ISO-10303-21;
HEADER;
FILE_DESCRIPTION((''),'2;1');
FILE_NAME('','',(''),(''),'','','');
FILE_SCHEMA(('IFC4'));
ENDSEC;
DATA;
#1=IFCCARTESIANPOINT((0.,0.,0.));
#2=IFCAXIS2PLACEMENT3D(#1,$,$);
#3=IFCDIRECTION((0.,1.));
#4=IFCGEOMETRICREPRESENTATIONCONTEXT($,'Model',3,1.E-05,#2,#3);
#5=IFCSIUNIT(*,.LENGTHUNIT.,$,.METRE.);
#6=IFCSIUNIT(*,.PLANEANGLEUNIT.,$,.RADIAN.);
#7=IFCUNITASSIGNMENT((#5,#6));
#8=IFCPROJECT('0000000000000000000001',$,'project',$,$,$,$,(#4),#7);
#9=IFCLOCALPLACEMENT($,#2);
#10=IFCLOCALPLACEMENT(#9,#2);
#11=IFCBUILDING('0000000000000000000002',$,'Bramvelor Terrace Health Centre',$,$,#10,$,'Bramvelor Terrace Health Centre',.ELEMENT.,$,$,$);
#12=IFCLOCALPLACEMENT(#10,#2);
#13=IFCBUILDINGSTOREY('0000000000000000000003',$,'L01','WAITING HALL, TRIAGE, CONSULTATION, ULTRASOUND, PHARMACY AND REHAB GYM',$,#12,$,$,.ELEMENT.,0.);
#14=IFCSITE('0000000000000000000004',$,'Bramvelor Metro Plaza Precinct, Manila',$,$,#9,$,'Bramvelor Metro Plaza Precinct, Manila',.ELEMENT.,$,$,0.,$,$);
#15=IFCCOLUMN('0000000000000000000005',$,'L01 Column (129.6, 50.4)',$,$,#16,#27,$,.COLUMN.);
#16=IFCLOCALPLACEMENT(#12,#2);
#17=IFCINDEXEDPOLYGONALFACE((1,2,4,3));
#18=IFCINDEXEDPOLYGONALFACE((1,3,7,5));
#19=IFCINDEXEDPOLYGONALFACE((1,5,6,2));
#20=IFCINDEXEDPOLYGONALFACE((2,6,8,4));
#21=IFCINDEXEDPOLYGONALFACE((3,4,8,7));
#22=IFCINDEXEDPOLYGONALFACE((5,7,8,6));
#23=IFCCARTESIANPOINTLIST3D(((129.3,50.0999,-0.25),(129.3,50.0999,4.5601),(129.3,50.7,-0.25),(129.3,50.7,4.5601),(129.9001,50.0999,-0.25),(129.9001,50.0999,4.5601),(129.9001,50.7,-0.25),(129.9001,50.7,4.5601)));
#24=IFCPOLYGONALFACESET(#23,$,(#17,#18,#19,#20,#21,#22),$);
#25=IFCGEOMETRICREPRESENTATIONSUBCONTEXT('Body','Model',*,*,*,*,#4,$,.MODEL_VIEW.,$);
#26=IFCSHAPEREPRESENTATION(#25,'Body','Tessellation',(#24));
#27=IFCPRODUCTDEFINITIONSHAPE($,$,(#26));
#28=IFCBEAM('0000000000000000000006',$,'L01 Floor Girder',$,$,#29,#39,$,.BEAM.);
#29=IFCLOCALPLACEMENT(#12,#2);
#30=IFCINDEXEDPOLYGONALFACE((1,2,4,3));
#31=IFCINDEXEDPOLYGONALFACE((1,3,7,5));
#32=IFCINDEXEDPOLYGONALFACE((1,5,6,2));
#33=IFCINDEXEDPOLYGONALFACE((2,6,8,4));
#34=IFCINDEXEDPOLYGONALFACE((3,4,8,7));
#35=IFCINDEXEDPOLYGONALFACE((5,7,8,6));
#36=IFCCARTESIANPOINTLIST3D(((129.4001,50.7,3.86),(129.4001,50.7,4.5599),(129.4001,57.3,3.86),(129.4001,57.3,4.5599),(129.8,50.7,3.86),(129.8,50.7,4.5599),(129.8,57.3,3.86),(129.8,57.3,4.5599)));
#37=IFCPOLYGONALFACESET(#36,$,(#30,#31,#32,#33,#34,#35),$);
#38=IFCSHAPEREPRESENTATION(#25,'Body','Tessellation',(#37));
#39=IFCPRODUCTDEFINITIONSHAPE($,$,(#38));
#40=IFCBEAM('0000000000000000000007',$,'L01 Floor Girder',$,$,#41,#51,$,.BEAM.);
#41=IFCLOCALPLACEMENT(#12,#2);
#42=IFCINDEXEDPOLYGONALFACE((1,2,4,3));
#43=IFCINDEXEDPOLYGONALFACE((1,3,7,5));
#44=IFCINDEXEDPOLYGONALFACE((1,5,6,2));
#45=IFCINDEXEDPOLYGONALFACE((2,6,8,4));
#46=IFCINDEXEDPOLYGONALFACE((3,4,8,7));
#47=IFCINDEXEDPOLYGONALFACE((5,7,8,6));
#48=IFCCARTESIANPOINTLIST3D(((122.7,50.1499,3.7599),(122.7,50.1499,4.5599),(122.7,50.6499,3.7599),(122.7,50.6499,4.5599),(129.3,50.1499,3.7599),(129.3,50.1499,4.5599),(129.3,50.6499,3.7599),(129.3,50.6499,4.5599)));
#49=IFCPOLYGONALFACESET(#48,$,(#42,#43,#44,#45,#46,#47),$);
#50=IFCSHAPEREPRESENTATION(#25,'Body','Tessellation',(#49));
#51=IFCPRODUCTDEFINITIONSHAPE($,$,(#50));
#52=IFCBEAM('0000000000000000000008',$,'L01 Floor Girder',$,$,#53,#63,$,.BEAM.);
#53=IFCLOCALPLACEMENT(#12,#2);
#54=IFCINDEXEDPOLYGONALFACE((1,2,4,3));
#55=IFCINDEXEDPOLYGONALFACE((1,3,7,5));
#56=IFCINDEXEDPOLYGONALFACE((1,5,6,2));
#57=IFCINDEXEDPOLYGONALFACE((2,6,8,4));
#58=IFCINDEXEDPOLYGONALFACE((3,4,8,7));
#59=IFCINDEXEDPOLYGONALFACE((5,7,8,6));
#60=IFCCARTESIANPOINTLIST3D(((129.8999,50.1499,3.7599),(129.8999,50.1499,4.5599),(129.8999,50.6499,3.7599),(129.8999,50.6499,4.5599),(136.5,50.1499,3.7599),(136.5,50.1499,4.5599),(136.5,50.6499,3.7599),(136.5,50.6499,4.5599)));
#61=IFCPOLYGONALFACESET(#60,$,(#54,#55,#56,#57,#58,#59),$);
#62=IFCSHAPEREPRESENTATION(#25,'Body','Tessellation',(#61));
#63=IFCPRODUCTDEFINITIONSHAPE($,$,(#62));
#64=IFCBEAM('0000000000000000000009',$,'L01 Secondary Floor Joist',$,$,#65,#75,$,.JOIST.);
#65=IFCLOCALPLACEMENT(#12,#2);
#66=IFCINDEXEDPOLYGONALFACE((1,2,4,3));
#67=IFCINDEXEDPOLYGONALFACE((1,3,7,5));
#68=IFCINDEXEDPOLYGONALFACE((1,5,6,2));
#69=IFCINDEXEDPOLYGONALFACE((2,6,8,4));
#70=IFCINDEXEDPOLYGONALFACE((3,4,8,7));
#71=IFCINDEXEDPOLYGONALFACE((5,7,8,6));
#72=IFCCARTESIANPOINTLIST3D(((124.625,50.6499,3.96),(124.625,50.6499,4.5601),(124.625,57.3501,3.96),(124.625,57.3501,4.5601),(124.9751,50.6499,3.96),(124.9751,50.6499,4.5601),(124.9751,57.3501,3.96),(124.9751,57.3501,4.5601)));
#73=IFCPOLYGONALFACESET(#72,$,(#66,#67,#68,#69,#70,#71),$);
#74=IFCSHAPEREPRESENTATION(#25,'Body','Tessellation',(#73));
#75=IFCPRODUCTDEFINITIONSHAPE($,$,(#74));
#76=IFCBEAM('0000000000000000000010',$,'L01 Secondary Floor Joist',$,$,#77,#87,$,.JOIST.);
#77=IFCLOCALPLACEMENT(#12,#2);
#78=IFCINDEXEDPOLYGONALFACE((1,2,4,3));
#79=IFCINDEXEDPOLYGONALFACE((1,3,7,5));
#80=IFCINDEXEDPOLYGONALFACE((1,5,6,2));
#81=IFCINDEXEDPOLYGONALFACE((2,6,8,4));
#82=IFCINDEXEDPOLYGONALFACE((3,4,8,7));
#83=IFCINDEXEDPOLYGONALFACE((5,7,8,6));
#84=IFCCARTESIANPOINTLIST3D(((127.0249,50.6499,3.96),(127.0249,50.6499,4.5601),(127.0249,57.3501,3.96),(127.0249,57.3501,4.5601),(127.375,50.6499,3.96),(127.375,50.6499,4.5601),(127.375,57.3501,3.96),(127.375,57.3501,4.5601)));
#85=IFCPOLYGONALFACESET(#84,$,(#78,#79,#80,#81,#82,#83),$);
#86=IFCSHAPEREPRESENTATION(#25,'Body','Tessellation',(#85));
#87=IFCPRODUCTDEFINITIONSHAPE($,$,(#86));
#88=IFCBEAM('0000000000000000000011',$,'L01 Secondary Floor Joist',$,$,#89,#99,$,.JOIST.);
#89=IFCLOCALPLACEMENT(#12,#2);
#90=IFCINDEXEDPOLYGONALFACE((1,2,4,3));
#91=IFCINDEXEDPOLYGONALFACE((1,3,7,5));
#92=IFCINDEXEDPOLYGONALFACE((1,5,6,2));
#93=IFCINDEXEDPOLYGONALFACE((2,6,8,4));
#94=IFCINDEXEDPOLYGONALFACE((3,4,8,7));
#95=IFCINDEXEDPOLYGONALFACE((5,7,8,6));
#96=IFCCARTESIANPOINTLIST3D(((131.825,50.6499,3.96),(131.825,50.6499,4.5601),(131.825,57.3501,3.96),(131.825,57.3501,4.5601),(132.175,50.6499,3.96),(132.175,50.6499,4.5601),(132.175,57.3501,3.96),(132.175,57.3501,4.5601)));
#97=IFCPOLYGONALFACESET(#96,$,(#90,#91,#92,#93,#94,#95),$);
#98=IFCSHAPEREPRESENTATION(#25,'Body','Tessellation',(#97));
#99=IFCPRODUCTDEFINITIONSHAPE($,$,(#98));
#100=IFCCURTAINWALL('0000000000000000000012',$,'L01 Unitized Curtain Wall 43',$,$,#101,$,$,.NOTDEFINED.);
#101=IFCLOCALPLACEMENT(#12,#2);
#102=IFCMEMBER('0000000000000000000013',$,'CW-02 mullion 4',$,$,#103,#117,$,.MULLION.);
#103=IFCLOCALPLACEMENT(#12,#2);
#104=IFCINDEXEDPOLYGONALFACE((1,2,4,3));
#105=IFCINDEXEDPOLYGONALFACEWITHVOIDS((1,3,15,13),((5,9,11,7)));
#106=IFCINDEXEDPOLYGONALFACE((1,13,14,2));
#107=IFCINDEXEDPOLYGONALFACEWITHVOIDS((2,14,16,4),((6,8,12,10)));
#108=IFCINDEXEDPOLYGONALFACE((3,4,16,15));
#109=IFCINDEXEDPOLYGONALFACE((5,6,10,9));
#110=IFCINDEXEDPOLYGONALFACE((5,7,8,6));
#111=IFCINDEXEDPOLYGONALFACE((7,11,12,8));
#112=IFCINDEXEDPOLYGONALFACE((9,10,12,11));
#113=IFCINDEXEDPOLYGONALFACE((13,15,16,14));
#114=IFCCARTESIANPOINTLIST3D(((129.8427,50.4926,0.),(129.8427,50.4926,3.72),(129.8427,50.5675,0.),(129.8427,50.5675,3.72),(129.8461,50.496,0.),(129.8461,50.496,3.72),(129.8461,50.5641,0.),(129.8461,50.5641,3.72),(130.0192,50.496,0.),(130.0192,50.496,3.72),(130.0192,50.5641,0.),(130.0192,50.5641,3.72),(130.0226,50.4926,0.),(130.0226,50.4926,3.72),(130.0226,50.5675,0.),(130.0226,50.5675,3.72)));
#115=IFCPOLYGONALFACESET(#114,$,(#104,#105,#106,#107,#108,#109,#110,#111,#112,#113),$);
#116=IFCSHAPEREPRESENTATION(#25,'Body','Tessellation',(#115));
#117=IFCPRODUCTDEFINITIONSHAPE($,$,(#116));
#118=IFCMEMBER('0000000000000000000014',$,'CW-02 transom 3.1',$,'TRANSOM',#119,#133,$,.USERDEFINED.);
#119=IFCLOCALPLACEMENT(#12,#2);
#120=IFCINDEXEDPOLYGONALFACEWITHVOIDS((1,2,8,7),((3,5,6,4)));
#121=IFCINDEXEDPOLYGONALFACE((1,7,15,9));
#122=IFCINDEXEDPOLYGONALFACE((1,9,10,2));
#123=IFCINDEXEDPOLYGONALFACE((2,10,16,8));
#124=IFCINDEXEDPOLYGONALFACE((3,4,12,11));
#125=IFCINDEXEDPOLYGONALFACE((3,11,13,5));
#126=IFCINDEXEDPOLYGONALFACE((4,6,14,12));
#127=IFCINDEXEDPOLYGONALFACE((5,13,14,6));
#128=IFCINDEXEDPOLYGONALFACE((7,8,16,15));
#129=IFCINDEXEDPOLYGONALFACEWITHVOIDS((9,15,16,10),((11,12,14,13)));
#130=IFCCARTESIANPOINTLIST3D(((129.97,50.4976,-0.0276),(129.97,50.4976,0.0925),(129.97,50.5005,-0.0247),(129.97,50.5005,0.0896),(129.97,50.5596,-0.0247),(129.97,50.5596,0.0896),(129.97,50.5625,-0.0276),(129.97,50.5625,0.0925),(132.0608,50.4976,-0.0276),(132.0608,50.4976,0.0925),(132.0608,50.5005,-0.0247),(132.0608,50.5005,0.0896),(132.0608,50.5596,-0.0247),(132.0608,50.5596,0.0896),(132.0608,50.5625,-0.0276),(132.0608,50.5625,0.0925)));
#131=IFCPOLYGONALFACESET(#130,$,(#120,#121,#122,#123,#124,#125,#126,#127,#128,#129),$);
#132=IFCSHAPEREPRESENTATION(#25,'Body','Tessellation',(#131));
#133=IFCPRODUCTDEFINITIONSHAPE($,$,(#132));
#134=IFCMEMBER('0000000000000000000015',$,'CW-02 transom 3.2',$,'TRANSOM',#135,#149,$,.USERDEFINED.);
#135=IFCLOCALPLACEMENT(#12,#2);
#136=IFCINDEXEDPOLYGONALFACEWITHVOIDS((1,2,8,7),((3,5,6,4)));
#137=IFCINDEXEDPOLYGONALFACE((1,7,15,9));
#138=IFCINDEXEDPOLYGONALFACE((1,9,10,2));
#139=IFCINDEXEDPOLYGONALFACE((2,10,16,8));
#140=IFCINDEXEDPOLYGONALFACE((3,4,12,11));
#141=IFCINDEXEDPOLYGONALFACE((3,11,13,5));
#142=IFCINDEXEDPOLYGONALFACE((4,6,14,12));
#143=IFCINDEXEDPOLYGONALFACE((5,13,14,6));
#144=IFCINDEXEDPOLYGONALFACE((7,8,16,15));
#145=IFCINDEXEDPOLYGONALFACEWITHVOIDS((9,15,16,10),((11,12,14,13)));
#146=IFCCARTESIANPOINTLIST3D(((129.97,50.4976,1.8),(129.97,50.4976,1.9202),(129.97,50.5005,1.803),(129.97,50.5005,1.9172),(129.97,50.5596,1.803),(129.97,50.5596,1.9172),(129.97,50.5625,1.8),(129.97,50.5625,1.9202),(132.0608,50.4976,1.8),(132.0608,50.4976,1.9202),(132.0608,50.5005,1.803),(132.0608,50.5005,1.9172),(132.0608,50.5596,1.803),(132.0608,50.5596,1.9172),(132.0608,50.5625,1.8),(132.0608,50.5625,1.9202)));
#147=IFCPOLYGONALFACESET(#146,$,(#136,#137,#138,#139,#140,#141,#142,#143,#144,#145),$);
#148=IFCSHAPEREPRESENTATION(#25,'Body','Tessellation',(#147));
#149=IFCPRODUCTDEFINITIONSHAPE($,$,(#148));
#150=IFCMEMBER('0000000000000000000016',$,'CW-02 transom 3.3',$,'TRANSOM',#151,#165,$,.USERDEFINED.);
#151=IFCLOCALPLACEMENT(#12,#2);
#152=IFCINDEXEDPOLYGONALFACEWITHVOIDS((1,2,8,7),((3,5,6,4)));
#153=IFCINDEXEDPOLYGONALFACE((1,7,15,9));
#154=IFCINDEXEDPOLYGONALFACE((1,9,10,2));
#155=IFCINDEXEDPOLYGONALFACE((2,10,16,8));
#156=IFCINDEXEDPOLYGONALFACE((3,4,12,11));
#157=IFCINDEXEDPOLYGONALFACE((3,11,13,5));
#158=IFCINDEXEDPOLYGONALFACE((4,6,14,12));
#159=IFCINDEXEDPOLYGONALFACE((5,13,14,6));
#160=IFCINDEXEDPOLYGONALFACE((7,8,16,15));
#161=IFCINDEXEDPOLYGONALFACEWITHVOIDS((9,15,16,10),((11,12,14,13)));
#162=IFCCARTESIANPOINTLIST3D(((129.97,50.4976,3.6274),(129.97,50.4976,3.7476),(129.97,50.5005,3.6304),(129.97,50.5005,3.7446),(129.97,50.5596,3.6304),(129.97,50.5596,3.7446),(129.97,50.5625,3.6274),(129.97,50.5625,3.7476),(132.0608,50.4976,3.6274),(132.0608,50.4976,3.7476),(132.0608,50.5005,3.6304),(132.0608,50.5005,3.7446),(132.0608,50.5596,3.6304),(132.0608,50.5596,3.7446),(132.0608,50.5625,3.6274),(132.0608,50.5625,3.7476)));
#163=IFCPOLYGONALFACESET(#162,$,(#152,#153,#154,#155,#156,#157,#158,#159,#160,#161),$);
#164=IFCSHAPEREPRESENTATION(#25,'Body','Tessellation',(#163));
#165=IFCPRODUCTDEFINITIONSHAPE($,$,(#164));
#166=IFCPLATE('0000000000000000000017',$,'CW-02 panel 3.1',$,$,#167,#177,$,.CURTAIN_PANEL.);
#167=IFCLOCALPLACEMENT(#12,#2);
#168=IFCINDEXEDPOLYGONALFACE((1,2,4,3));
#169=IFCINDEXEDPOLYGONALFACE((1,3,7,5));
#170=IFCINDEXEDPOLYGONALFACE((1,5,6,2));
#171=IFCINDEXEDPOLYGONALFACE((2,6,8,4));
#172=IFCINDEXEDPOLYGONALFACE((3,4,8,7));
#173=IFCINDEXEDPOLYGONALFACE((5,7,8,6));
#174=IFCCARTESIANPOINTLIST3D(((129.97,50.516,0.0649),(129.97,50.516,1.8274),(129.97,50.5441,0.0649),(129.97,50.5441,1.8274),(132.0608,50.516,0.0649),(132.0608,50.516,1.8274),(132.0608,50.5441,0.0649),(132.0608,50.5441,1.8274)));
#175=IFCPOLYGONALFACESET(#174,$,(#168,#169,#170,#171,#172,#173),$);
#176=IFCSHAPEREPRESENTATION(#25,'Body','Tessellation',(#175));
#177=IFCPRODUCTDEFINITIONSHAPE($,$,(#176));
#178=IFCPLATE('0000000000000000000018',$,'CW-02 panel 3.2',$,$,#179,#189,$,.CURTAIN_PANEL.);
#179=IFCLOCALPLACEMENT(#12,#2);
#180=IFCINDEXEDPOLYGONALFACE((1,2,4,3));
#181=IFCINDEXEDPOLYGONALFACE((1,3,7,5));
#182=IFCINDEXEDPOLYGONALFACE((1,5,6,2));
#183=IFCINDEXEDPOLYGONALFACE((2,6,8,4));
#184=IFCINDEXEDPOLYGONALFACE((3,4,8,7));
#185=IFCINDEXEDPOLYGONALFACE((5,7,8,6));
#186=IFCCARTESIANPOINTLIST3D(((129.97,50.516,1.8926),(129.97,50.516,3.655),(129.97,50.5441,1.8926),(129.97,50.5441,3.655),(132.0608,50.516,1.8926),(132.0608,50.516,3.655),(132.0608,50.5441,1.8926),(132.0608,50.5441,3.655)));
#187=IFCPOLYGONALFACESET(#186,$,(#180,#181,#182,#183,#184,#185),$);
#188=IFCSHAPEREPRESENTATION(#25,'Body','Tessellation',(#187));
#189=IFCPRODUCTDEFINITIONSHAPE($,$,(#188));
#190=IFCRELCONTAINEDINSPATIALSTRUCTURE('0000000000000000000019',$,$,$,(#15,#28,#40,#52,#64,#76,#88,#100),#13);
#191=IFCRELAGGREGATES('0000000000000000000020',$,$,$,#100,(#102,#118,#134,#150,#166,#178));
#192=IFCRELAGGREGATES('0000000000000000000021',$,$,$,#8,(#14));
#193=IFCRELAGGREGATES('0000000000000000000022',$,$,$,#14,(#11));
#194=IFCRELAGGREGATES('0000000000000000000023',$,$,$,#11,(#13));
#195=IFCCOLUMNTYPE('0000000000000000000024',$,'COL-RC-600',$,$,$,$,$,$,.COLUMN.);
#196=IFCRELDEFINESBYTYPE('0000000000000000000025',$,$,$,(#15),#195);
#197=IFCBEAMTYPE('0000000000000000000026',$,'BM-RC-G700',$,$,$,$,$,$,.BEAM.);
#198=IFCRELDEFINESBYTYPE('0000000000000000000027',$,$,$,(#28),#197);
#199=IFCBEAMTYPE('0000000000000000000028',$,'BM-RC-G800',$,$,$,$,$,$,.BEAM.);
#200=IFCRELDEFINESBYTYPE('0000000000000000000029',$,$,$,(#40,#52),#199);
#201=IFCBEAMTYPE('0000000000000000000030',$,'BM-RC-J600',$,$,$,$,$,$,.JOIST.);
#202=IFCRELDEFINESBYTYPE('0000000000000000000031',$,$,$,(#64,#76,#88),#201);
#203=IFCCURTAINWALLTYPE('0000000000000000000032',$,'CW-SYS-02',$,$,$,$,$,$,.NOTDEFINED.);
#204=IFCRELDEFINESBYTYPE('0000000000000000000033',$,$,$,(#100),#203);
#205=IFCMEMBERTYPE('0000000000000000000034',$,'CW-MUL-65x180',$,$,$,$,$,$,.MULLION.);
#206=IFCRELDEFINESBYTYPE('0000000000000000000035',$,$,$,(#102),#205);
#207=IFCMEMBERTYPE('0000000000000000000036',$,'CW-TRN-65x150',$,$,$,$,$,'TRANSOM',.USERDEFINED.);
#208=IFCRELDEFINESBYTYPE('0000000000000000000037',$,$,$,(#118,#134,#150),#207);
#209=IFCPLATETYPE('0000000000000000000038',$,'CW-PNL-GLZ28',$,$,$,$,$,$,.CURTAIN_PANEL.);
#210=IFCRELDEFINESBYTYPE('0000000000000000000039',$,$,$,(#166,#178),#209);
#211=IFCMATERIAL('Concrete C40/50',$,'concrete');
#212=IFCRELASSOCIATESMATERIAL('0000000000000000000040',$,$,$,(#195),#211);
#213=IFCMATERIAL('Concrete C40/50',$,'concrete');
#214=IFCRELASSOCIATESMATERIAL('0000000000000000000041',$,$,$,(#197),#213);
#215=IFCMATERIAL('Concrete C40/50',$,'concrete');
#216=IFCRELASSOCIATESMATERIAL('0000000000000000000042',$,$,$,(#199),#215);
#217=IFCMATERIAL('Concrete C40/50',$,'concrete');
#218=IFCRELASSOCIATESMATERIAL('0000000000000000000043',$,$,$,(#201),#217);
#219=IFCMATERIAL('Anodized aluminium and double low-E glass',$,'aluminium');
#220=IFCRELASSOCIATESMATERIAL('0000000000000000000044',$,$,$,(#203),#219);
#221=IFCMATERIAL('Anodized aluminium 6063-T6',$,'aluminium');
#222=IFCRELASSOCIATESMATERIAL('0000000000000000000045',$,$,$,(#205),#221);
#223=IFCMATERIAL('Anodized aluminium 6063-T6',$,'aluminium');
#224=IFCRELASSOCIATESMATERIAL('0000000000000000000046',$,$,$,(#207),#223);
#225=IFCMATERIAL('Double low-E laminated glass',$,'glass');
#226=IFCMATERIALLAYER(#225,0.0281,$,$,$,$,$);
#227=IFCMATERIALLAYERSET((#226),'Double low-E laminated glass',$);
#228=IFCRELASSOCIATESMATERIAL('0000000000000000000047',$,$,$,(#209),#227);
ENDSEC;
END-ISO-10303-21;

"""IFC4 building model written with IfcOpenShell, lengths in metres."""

from ifc_helpers import new_model, si_unit, direction, frame, origin, origin_2d, place, context, subcontext, project, spatial, rectangle, hollow_rectangle, extrude, material, layer, layer_set, material_profile, profile_set, type_object, element, aggregate, save


model = new_model("IFC4")

# Units and contexts
model_context = context("Model", 3, precision=1e-05, world=origin(), true_north=direction((0.0, 1.0)))
body_context = subcontext(model_context, "Body", "Model", "MODEL_VIEW")
ifc_project = project(units=[si_unit("LENGTHUNIT", "METRE"), si_unit("PLANEANGLEUNIT", "RADIAN")], contexts=[model_context])

# Site, building, storey
site_placement = place(None, origin())
site = spatial("IfcSite", under=ifc_project, at=site_placement, Name="Bramvelor Metro Plaza Precinct, Manila", LongName="Bramvelor Metro Plaza Precinct, Manila", CompositionType="ELEMENT", RefElevation=0.0)
building_placement = place(site_placement, origin())
building = spatial("IfcBuilding", under=site, at=building_placement, Name="Bramvelor Terrace Health Centre", LongName="Bramvelor Terrace Health Centre", CompositionType="ELEMENT")
storey_placement = place(building_placement, origin())
storey = spatial("IfcBuildingStorey", under=building, at=storey_placement, Name="L01", Description="WAITING HALL, TRIAGE, CONSULTATION, ULTRASOUND, PHARMACY AND REHAB GYM", CompositionType="ELEMENT", Elevation=0.0)

# Column
ifc_material_1 = material(Name="Concrete C40/50", Category="concrete")
ifc_material_profile_1 = material_profile(ifc_material_1, rectangle(XDim=0.6001, YDim=0.6001, at=origin_2d()), Name="RC 600x600")
ifc_profile_set_1 = profile_set([ifc_material_profile_1], Name="Concrete C40/50")
column_type = type_object("IfcColumnType", Name="COL-RC-600", PredefinedType="COLUMN", material=ifc_profile_set_1)
column_placement = place(storey_placement, frame((129.6001, 50.3999, -0.25), z_axis=(0.0, 0.0, 1.0), x_axis=(1.0, 0.0, 0.0)))
element("IfcColumn", 1, at=column_placement, inside=storey, type_object=column_type, Name="L01 Column (129.6, 50.4)", PredefinedType="COLUMN", context=body_context, shape_type="SweptSolid", body=[
    extrude(rectangle(XDim=0.6001, YDim=0.6001, at=origin_2d()), origin(), (0.0, 0.0, 1.0), 4.8101),
])

# Beams
ifc_material_2 = material(Name="Concrete C40/50", Category="concrete")
ifc_material_profile_2 = material_profile(ifc_material_2, rectangle(XDim=0.3999, YDim=0.7, at=origin_2d()), Name="RC 400x700")
ifc_profile_set_2 = profile_set([ifc_material_profile_2], Name="Concrete C40/50")
beam_type_1 = type_object("IfcBeamType", Name="BM-RC-G700", PredefinedType="BEAM", material=ifc_profile_set_2)
beam_placement = place(storey_placement, frame((129.6001, 50.7, 4.21), z_axis=(0.0, 1.0, 0.0), x_axis=(-1.0, 0.0, 0.0)))
element("IfcBeam", 2, at=beam_placement, inside=storey, type_object=beam_type_1, Name="L01 Floor Girder", PredefinedType="BEAM", context=body_context, shape_type="SweptSolid", body=[
    extrude(rectangle(XDim=0.3999, YDim=0.7, at=origin_2d()), origin(), (0.0, 0.0, 1.0), 6.6001),
])
ifc_material_3 = material(Name="Concrete C40/50", Category="concrete")
ifc_material_profile_3 = material_profile(ifc_material_3, rectangle(XDim=0.5, YDim=0.8, at=origin_2d()), Name="RC 500x800")
ifc_profile_set_3 = profile_set([ifc_material_profile_3], Name="Concrete C40/50")
beam_type_2 = type_object("IfcBeamType", Name="BM-RC-G800", PredefinedType="BEAM", material=ifc_profile_set_3)
for number, where, z_axis, x_axis, name in (
    (3, (122.7, 50.3999, 4.1599), (1.0, 0.0, 0.0), (0.0, 1.0, 0.0), "L01 Floor Girder"),
    (4, (129.8999, 50.3999, 4.1599), (1.0, 0.0, 0.0), (0.0, 1.0, 0.0), "L01 Floor Girder"),
):
    element("IfcBeam", number, at=place(storey_placement, frame(where, z_axis=z_axis, x_axis=x_axis)), inside=storey, type_object=beam_type_2, Name=name, PredefinedType="BEAM", context=body_context, shape_type="SweptSolid", body=[
        extrude(rectangle(XDim=0.5, YDim=0.8, at=origin_2d()), origin(), (0.0, 0.0, 1.0), 6.6001),
    ])
ifc_material_4 = material(Name="Concrete C40/50", Category="concrete")
ifc_material_profile_4 = material_profile(ifc_material_4, rectangle(XDim=0.3501, YDim=0.6001, at=origin_2d()), Name="RC 350x600")
ifc_profile_set_4 = profile_set([ifc_material_profile_4], Name="Concrete C40/50")
beam_type_3 = type_object("IfcBeamType", Name="BM-RC-J600", PredefinedType="JOIST", material=ifc_profile_set_4)
for number, where, z_axis, x_axis, name in (
    (5, (124.8, 50.6499, 4.26), (0.0, 1.0, 0.0), (-1.0, 0.0, 0.0), "L01 Secondary Floor Joist"),
    (6, (127.2, 50.6499, 4.26), (0.0, 1.0, 0.0), (-1.0, 0.0, 0.0), "L01 Secondary Floor Joist"),
    (7, (132.0, 50.6499, 4.26), (0.0, 1.0, 0.0), (-1.0, 0.0, 0.0), "L01 Secondary Floor Joist"),
):
    element("IfcBeam", number, at=place(storey_placement, frame(where, z_axis=z_axis, x_axis=x_axis)), inside=storey, type_object=beam_type_3, Name=name, PredefinedType="JOIST", context=body_context, shape_type="SweptSolid", body=[
        extrude(rectangle(XDim=0.3501, YDim=0.6001, at=origin_2d()), origin(), (0.0, 0.0, 1.0), 6.7002),
    ])

# Curtain wall, members, plates
ifc_material_5 = material(Name="Anodized aluminium and double low-E glass", Category="aluminium")
curtain_wall_type = type_object("IfcCurtainWallType", Name="CW-SYS-02", PredefinedType="NOTDEFINED", material=ifc_material_5)
curtain_wall_placement = place(storey_placement, origin())
curtain_wall = element("IfcCurtainWall", 8, at=curtain_wall_placement, inside=storey, type_object=curtain_wall_type, Name="L01 Unitized Curtain Wall 43", PredefinedType="NOTDEFINED")
ifc_material_6 = material(Name="Anodized aluminium 6063-T6", Category="aluminium")
ifc_material_profile_5 = material_profile(ifc_material_6, hollow_rectangle(XDim=0.075, YDim=0.1799, WallThickness=0.0034, at=origin_2d()), Name="ALU-MUL 75x180x3.5")
ifc_profile_set_5 = profile_set([ifc_material_profile_5], Name="Anodized aluminium 6063-T6")
member_type_1 = type_object("IfcMemberType", Name="CW-MUL-65x180", PredefinedType="MULLION", material=ifc_profile_set_5)
member_1_placement = place(storey_placement, frame((129.9326, 50.53, 0.0), z_axis=(0.0, 0.0, 1.0), x_axis=(0.0, -1.0, 0.0)))
member_1 = element("IfcMember", 9, at=member_1_placement, type_object=member_type_1, Name="CW-02 mullion 4", PredefinedType="MULLION", context=body_context, shape_type="SweptSolid", body=[
    extrude(hollow_rectangle(XDim=0.075, YDim=0.1799, WallThickness=0.0034, at=origin_2d()), origin(), (0.0, 0.0, 1.0), 3.72),
])
ifc_material_7 = material(Name="Anodized aluminium 6063-T6", Category="aluminium")
ifc_material_profile_6 = material_profile(ifc_material_7, hollow_rectangle(XDim=0.0649, YDim=0.1201, WallThickness=0.0029, at=origin_2d()), Name="ALU-TRN 65x120x3.0")
ifc_profile_set_6 = profile_set([ifc_material_profile_6], Name="Anodized aluminium 6063-T6")
member_type_2 = type_object("IfcMemberType", Name="CW-TRN-65x150", ElementType="TRANSOM", PredefinedType="USERDEFINED", material=ifc_profile_set_6)
member_2_placement = place(storey_placement, frame((132.0608, 50.53, 0.0325), z_axis=(-1.0, 0.0, 0.0), x_axis=(0.0, -1.0, 0.0)))
member_2 = element("IfcMember", 10, at=member_2_placement, type_object=member_type_2, Name="CW-02 transom 3.1", ObjectType="TRANSOM", PredefinedType="USERDEFINED", context=body_context, shape_type="SweptSolid", body=[
    extrude(hollow_rectangle(XDim=0.0649, YDim=0.1201, WallThickness=0.0029, at=origin_2d()), origin(), (0.0, 0.0, 1.0), 2.0908),
])
member_3_placement = place(storey_placement, frame((132.0608, 50.53, 1.8601), z_axis=(-1.0, 0.0, 0.0), x_axis=(0.0, -1.0, 0.0)))
member_3 = element("IfcMember", 11, at=member_3_placement, type_object=member_type_2, Name="CW-02 transom 3.2", ObjectType="TRANSOM", PredefinedType="USERDEFINED", context=body_context, shape_type="SweptSolid", body=[
    extrude(hollow_rectangle(XDim=0.0649, YDim=0.1201, WallThickness=0.0029, at=origin_2d()), origin(), (0.0, 0.0, 1.0), 2.0908),
])
member_4_placement = place(storey_placement, frame((132.0608, 50.53, 3.6875), z_axis=(-1.0, 0.0, 0.0), x_axis=(0.0, -1.0, 0.0)))
member_4 = element("IfcMember", 12, at=member_4_placement, type_object=member_type_2, Name="CW-02 transom 3.3", ObjectType="TRANSOM", PredefinedType="USERDEFINED", context=body_context, shape_type="SweptSolid", body=[
    extrude(hollow_rectangle(XDim=0.0649, YDim=0.1201, WallThickness=0.0029, at=origin_2d()), origin(), (0.0, 0.0, 1.0), 2.0908),
])
ifc_material_8 = material(Name="Double low-E laminated glass", Category="glass")
ifc_layer_1 = layer(ifc_material_8, 0.0281)
ifc_layer_set_1 = layer_set([ifc_layer_1], Name="Double low-E laminated glass")
plate_type = type_object("IfcPlateType", Name="CW-PNL-GLZ28", PredefinedType="CURTAIN_PANEL", material=ifc_layer_set_1)
plate_1_placement = place(storey_placement, frame((131.0154, 50.53, 0.0649), z_axis=(0.0, 0.0, 1.0), x_axis=(-1.0, 0.0, 0.0)))
plate_1 = element("IfcPlate", 13, at=plate_1_placement, type_object=plate_type, Name="CW-02 panel 3.1", PredefinedType="CURTAIN_PANEL", context=body_context, shape_type="SweptSolid", body=[
    extrude(rectangle(XDim=2.0908, YDim=0.0281, at=origin_2d()), origin(), (0.0, 0.0, 1.0), 1.7625),
])
plate_2_placement = place(storey_placement, frame((131.0154, 50.53, 1.8926), z_axis=(0.0, 0.0, 1.0), x_axis=(-1.0, 0.0, 0.0)))
plate_2 = element("IfcPlate", 14, at=plate_2_placement, type_object=plate_type, Name="CW-02 panel 3.2", PredefinedType="CURTAIN_PANEL", context=body_context, shape_type="SweptSolid", body=[
    extrude(rectangle(XDim=2.0908, YDim=0.0281, at=origin_2d()), origin(), (0.0, 0.0, 1.0), 1.7625),
])
aggregate(curtain_wall, [member_1, member_2, member_3, member_4, plate_1, plate_2])

save(model, "model.ifc")
